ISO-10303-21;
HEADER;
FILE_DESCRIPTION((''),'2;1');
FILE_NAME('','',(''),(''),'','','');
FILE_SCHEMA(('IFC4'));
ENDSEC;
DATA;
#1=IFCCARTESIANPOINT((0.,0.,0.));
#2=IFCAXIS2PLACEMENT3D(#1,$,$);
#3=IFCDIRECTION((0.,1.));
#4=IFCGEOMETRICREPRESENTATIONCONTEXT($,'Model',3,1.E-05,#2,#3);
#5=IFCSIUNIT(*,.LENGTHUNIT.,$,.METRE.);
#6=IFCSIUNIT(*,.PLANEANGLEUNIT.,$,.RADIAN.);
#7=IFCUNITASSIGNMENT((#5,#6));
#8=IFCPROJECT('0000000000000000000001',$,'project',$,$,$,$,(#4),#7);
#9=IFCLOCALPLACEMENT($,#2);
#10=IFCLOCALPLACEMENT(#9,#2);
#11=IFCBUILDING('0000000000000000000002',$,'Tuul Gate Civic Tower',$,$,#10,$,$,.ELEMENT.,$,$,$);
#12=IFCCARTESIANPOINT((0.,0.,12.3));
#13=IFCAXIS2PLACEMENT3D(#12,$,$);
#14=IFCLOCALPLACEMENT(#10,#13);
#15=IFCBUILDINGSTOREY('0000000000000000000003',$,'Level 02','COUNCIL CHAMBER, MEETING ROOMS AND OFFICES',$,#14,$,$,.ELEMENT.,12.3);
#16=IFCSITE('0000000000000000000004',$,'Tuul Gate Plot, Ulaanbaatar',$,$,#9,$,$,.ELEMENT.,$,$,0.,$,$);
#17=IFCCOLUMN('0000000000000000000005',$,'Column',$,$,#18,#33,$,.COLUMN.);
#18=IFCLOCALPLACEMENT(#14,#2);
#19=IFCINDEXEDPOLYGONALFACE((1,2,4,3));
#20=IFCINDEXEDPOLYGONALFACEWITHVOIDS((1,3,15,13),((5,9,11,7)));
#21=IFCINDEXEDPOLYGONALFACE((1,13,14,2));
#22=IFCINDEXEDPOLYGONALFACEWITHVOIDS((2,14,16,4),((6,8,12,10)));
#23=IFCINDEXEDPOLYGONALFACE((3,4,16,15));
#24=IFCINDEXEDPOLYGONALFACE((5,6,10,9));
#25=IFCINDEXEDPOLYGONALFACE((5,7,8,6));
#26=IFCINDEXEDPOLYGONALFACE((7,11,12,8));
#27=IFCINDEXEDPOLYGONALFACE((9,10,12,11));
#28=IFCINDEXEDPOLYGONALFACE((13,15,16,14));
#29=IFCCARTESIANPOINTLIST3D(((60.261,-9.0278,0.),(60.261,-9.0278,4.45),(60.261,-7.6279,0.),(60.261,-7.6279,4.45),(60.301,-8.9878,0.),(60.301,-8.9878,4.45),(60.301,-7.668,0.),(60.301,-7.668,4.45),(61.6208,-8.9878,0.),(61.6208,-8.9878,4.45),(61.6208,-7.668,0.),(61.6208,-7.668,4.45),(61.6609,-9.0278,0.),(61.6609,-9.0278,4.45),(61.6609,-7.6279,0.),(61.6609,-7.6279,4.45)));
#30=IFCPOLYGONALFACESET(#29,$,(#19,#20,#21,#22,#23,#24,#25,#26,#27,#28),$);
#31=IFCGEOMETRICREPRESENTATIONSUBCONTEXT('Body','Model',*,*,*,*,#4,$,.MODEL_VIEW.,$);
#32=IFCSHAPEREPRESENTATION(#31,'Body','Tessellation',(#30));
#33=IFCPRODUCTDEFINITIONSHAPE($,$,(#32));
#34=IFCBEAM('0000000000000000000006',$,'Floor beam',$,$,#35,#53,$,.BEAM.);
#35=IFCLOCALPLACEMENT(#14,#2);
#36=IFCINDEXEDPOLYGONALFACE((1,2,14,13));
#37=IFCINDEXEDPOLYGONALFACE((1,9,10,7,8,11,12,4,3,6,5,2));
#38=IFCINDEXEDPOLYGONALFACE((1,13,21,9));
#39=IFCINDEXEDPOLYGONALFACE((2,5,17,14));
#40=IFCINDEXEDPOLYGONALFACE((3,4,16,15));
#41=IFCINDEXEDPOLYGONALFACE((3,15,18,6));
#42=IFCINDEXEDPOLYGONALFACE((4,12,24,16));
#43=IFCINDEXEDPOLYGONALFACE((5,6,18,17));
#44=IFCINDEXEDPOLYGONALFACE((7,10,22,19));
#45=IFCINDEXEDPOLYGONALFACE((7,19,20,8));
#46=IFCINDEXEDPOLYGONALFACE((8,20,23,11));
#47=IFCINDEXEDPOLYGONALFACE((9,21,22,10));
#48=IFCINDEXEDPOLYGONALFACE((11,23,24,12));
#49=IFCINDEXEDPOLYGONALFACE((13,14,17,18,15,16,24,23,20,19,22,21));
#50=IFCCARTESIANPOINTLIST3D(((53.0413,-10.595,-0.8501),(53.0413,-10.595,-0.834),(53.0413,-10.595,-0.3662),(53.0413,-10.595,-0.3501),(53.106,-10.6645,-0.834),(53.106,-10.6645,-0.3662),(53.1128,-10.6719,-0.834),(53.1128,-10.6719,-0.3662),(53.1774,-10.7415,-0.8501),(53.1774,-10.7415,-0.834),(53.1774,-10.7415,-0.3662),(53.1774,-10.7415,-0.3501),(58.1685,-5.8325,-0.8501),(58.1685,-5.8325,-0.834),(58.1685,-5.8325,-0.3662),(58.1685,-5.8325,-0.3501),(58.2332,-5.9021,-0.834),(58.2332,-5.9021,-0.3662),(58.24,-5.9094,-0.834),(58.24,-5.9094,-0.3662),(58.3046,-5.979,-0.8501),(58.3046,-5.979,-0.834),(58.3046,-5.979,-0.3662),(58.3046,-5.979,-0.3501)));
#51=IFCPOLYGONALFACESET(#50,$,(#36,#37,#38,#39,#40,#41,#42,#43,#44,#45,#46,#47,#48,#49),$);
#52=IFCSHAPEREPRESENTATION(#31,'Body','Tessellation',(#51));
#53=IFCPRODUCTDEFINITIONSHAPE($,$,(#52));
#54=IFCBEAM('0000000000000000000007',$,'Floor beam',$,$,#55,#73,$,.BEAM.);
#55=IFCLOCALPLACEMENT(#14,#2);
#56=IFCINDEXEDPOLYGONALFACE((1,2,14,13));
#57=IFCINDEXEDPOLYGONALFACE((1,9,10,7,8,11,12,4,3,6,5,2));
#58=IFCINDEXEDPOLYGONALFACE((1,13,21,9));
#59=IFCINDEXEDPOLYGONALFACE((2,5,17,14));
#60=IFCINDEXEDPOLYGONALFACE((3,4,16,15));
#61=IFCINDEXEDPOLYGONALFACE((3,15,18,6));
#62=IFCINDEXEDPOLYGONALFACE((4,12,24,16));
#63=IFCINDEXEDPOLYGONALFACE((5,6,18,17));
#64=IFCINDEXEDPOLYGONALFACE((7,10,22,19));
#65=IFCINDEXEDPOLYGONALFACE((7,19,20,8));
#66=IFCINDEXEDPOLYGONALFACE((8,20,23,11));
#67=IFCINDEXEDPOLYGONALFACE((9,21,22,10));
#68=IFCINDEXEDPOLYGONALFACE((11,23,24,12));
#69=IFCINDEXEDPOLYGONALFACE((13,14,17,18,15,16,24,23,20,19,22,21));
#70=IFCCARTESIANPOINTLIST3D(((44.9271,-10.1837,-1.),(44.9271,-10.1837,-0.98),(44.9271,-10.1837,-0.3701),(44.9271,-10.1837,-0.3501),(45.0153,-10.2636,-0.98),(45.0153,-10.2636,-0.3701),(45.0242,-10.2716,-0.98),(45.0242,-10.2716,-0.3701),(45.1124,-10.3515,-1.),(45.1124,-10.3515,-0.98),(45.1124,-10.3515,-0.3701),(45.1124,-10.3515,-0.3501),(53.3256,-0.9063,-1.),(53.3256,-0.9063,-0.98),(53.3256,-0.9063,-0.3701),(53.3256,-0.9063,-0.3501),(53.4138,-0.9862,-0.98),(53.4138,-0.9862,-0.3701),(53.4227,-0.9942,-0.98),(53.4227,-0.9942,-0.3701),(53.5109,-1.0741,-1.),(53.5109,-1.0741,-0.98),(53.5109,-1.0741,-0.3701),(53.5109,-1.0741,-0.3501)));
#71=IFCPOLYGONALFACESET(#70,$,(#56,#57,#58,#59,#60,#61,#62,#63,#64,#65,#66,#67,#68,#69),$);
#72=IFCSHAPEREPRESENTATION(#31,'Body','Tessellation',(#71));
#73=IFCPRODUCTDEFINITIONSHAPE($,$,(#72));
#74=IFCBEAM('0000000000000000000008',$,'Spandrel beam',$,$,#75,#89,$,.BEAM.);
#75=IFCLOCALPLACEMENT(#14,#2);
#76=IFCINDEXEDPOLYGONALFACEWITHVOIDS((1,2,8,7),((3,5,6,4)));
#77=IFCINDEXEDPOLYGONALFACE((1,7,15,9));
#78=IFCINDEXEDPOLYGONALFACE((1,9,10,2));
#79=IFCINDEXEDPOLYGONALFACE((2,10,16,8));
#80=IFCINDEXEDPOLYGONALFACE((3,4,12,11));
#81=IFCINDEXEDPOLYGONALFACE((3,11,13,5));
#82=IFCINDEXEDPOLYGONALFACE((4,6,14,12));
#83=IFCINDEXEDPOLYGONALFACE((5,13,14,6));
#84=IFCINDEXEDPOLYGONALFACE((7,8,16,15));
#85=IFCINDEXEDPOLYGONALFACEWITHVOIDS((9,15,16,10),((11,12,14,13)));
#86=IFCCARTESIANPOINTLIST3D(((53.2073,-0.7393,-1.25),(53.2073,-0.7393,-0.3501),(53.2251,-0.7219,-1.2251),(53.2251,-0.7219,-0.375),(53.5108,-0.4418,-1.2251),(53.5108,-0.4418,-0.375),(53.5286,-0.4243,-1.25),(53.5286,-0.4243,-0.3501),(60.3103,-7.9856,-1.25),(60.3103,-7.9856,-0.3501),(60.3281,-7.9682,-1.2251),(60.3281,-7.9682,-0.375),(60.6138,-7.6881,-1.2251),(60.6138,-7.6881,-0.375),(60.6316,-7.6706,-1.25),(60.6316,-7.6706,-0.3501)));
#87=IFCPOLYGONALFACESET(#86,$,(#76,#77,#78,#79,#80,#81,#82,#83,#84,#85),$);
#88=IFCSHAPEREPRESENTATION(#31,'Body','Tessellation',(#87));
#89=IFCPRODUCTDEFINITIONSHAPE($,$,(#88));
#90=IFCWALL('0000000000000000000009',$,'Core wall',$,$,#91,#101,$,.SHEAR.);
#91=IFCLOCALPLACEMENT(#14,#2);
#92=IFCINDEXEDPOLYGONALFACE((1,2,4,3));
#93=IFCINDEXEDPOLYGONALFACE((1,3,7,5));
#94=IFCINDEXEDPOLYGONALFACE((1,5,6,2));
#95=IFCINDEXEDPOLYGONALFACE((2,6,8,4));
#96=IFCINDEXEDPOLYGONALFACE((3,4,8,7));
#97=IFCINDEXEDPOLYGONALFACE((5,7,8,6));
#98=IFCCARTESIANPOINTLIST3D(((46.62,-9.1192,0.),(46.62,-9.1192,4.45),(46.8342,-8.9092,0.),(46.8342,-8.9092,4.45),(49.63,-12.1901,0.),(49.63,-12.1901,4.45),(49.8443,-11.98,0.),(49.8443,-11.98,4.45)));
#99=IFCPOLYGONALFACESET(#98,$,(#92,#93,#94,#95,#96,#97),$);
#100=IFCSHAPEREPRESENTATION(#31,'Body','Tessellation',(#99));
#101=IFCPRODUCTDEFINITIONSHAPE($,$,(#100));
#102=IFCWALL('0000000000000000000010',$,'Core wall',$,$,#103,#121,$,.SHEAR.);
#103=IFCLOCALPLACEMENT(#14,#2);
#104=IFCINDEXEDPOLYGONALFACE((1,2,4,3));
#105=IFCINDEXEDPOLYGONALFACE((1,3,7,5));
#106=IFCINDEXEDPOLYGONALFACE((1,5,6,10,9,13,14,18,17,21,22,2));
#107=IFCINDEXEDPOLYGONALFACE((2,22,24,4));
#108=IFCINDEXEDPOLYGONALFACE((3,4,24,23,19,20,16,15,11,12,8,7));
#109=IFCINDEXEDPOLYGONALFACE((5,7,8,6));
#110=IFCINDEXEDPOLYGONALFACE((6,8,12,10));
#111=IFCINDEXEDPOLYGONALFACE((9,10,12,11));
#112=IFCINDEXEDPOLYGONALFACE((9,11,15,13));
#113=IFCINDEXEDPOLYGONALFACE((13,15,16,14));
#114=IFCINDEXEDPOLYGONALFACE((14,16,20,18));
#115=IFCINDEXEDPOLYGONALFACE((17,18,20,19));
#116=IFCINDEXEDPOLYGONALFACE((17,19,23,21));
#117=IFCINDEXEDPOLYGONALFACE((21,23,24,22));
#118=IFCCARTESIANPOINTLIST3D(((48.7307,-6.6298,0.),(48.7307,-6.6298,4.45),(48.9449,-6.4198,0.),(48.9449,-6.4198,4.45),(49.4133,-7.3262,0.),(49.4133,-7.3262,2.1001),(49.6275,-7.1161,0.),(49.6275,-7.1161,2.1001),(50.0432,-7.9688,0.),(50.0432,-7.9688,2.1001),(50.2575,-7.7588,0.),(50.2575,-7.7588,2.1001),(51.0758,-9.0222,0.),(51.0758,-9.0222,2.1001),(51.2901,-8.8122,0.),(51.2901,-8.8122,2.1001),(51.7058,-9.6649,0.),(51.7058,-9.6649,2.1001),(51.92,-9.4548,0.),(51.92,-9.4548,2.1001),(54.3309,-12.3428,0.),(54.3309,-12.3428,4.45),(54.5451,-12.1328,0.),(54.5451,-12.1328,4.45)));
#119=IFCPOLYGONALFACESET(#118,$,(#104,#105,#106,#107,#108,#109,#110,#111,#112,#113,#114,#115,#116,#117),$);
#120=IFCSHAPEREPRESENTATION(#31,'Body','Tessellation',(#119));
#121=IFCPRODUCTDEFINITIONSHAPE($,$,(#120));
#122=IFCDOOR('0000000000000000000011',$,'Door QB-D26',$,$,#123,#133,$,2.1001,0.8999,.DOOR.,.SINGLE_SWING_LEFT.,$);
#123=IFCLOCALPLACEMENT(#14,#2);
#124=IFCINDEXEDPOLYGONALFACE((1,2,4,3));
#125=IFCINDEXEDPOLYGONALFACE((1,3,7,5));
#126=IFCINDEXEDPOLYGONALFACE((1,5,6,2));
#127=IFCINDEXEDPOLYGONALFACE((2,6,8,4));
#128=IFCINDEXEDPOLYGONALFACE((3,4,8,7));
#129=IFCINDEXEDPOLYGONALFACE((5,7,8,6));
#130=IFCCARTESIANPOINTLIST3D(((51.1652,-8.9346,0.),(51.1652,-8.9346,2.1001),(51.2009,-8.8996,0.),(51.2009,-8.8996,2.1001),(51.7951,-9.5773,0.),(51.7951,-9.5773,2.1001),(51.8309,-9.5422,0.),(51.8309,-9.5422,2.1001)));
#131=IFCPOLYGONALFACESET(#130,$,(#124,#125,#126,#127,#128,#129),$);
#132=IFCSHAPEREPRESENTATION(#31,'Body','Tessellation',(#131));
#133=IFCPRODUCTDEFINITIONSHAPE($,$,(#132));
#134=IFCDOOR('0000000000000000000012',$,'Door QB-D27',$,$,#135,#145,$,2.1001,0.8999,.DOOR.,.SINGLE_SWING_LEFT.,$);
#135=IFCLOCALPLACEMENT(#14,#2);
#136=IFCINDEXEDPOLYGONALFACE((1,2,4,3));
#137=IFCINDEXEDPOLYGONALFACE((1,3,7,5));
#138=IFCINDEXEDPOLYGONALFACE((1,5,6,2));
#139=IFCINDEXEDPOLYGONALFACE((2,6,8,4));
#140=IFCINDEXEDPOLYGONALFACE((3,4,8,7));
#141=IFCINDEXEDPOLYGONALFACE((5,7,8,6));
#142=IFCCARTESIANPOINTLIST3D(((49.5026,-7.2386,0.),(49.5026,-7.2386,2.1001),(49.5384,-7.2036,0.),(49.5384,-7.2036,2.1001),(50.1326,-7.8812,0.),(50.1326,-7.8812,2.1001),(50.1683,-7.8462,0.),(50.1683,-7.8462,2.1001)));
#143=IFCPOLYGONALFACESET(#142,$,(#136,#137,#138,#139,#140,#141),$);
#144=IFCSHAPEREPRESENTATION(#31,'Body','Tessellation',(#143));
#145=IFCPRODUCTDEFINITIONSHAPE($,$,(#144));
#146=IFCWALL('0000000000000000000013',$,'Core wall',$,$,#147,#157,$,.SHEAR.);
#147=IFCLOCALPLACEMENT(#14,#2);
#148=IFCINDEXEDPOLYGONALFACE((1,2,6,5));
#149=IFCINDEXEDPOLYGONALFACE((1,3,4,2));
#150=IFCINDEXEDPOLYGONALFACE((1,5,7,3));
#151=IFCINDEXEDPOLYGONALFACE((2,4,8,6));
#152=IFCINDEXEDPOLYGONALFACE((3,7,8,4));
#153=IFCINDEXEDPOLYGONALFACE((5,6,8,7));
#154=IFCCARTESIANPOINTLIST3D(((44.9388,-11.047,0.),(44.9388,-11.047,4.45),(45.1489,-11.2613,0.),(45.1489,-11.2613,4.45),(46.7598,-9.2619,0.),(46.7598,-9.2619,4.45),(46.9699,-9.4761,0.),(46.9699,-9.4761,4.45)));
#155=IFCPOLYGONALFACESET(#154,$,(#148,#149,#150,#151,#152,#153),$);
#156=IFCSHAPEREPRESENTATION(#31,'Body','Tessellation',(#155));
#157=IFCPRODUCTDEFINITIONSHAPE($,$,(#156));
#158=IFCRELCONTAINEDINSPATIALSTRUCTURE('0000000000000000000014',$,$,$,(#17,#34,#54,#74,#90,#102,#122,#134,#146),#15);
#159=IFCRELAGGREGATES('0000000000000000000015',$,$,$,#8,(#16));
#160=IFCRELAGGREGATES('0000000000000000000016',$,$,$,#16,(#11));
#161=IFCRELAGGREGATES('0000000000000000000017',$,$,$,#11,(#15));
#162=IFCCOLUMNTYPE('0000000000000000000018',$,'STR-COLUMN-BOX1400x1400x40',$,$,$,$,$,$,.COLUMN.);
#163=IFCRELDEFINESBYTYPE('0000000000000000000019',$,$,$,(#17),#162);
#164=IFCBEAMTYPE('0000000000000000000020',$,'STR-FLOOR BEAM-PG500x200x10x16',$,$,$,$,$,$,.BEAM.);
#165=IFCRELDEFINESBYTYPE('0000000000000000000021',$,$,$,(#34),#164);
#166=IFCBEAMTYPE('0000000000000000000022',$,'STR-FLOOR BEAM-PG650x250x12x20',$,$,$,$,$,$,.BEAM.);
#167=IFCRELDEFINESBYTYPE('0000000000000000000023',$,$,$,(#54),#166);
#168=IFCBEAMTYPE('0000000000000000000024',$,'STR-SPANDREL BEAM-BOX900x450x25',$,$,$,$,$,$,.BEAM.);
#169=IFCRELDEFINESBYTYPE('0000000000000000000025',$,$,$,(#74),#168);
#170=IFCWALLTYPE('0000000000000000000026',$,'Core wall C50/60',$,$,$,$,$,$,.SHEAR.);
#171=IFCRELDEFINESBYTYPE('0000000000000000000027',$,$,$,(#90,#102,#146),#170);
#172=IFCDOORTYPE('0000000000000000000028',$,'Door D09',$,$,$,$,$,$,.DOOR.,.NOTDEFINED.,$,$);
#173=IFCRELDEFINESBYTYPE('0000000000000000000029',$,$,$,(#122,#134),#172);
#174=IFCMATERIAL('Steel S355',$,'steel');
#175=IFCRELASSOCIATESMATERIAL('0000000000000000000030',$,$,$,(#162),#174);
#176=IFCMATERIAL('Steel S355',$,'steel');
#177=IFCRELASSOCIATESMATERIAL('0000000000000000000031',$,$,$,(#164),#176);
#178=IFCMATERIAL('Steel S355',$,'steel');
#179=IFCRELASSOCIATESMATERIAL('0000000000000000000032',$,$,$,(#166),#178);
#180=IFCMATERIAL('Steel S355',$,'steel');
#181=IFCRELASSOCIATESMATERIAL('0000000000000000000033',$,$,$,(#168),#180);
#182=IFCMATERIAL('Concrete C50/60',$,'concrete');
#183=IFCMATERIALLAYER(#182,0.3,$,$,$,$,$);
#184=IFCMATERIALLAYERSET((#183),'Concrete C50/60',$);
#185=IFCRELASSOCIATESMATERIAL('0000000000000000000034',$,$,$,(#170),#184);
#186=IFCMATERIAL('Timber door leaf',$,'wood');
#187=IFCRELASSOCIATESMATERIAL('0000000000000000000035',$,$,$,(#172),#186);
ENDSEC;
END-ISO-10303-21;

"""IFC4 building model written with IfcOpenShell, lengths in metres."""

from ifc_helpers import new_model, si_unit, direction, frame, frame_2d, origin, origin_2d, place, context, subcontext, project, spatial, rectangle, hollow_rectangle, i_section, extrude, material, layer, layer_set, material_profile, profile_set, type_object, element, fill, save


model = new_model("IFC4")

# Units and contexts
model_context = context("Model", 3, precision=1e-05, world=origin(), true_north=direction((0.0, 1.0)))
body_context = subcontext(model_context, "Body", "Model", "MODEL_VIEW")
ifc_project = project(units=[si_unit("LENGTHUNIT", "METRE"), si_unit("PLANEANGLEUNIT", "RADIAN")], contexts=[model_context])

# Site, building, storey
site_placement = place(None, origin())
site = spatial("IfcSite", under=ifc_project, at=site_placement, Name="Tuul Gate Plot, Ulaanbaatar", CompositionType="ELEMENT", RefElevation=0.0)
building_placement = place(site_placement, origin())
building = spatial("IfcBuilding", under=site, at=building_placement, Name="Tuul Gate Civic Tower", CompositionType="ELEMENT")
storey_placement = place(building_placement, frame((0.0, 0.0, 12.3)))
storey = spatial("IfcBuildingStorey", under=building, at=storey_placement, Name="Level 02", Description="COUNCIL CHAMBER, MEETING ROOMS AND OFFICES", CompositionType="ELEMENT", Elevation=12.3)

# Column
ifc_material_1 = material(Name="Steel S355", Category="steel")
ifc_material_profile_1 = material_profile(ifc_material_1, hollow_rectangle(XDim=1.3999, YDim=1.3999, WallThickness=0.04, at=origin_2d()), Name="BOX1400x1400x40")
ifc_profile_set_1 = profile_set([ifc_material_profile_1], Name="Steel S355")
column_type = type_object("IfcColumnType", Name="STR-COLUMN-BOX1400x1400x40", PredefinedType="COLUMN", material=ifc_profile_set_1)
column_placement = place(storey_placement, frame((60.9609, -8.3279, 0.0), z_axis=(0.0, 0.0, 1.0), x_axis=(1.0, 0.0, 0.0)))
element("IfcColumn", 1, at=column_placement, inside=storey, type_object=column_type, Name="Column", PredefinedType="COLUMN", context=body_context, shape_type="SweptSolid", body=[
    extrude(hollow_rectangle(XDim=1.3999, YDim=1.3999, WallThickness=0.04, at=origin_2d()), origin(), (0.0, 0.0, 1.0), 4.45),
])

# Beams
ifc_material_2 = material(Name="Steel S355", Category="steel")
ifc_material_profile_2 = material_profile(ifc_material_2, i_section(OverallWidth=0.2, OverallDepth=0.5, WebThickness=0.01, FlangeThickness=0.0161, at=origin_2d()), Name="PG500x200x10x16")
ifc_profile_set_2 = profile_set([ifc_material_profile_2], Name="Steel S355")
beam_type_1 = type_object("IfcBeamType", Name="STR-FLOOR BEAM-PG500x200x10x16", PredefinedType="BEAM", material=ifc_profile_set_2)
beam_1_placement = place(storey_placement, frame((53.1094, -10.6682, -0.6001), z_axis=(0.732688, 0.680565, 0.0), x_axis=(-0.680565, 0.732688, 0.0)))
element("IfcBeam", 2, at=beam_1_placement, inside=storey, type_object=beam_type_1, Name="Floor beam", PredefinedType="BEAM", context=body_context, shape_type="SweptSolid", body=[
    extrude(i_section(OverallWidth=0.2, OverallDepth=0.5, WebThickness=0.01, FlangeThickness=0.0161, at=origin_2d()), origin(), (0.0, 0.0, 1.0), 6.9978),
])
ifc_material_3 = material(Name="Steel S355", Category="steel")
ifc_material_profile_3 = material_profile(ifc_material_3, i_section(OverallWidth=0.25, OverallDepth=0.6499, WebThickness=0.012, FlangeThickness=0.02, at=origin_2d()), Name="PG650x250x12x20")
ifc_profile_set_3 = profile_set([ifc_material_profile_3], Name="Steel S355")
beam_type_2 = type_object("IfcBeamType", Name="STR-FLOOR BEAM-PG650x250x12x20", PredefinedType="BEAM", material=ifc_profile_set_3)
beam_2_placement = place(storey_placement, frame((45.0198, -10.2676, -0.675), z_axis=(0.671118, 0.741351, 0.0), x_axis=(-0.741351, 0.671118, 0.0)))
element("IfcBeam", 3, at=beam_2_placement, inside=storey, type_object=beam_type_2, Name="Floor beam", PredefinedType="BEAM", context=body_context, shape_type="SweptSolid", body=[
    extrude(i_section(OverallWidth=0.25, OverallDepth=0.6499, WebThickness=0.012, FlangeThickness=0.02, at=origin_2d()), origin(), (0.0, 0.0, 1.0), 12.5142),
])
ifc_material_4 = material(Name="Steel S355", Category="steel")
ifc_material_profile_4 = material_profile(ifc_material_4, hollow_rectangle(XDim=0.45, YDim=0.8999, WallThickness=0.0249, at=origin_2d()), Name="BOX900x450x25")
ifc_profile_set_4 = profile_set([ifc_material_profile_4], Name="Steel S355")
beam_type_3 = type_object("IfcBeamType", Name="STR-SPANDREL BEAM-BOX900x450x25", PredefinedType="BEAM", material=ifc_profile_set_4)
beam_3_placement = place(storey_placement, frame((60.4709, -7.8281, -0.8), z_axis=(-0.70001, 0.714133, 0.0), x_axis=(-0.714133, -0.70001, 0.0)))
element("IfcBeam", 4, at=beam_3_placement, inside=storey, type_object=beam_type_3, Name="Spandrel beam", PredefinedType="BEAM", context=body_context, shape_type="SweptSolid", body=[
    extrude(hollow_rectangle(XDim=0.45, YDim=0.8999, WallThickness=0.0249, at=origin_2d()), origin(), (0.0, 0.0, 1.0), 10.147),
])

# Wall
ifc_material_5 = material(Name="Concrete C50/60", Category="concrete")
ifc_layer_1 = layer(ifc_material_5, 0.3)
ifc_layer_set_1 = layer_set([ifc_layer_1], Name="Concrete C50/60")
wall_type_1 = type_object("IfcWallType", Name="Core wall C50/60", PredefinedType="SHEAR", material=ifc_layer_set_1)
wall_1_placement = place(storey_placement, frame((49.7371, -12.085, 0.0), z_axis=(0.0, 0.0, 1.0), x_axis=(-0.700003, 0.71414, 0.0)))
element("IfcWall", 5, at=wall_1_placement, inside=storey, type_object=wall_type_1, Name="Core wall", PredefinedType="SHEAR", context=body_context, shape_type="SweptSolid", body=[
    extrude(rectangle(XDim=4.3, YDim=0.3, at=frame_2d((2.1499, 0.0))), origin(), (0.0, 0.0, 1.0), 4.45),
])

# Wall, openings, doors
wall_2_placement = place(storey_placement, frame((54.438, -12.2378, 0.0), z_axis=(0.0, 0.0, 1.0), x_axis=(-0.700022, 0.714121, 0.0)))
wall_2 = element("IfcWall", 6, at=wall_2_placement, inside=storey, type_object=wall_type_1, Name="Core wall", PredefinedType="SHEAR", context=body_context, shape_type="SweptSolid", body=[
    extrude(rectangle(XDim=8.0, YDim=0.3, at=frame_2d((4.0, 0.0))), origin(), (0.0, 0.0, 1.0), 4.45),
])
opening_1_placement = place(wall_2_placement, frame((3.75, 0.0, 0.0)))
opening_1 = element("IfcOpeningElement", 7, at=opening_1_placement, cuts=wall_2, PredefinedType="OPENING", context=body_context, shape_type="SweptSolid", body=[
    extrude(rectangle(XDim=0.8999, YDim=2.1001, at=frame_2d((0.45, 1.05))), frame((0.0, 0.1602, 0.0), z_axis=(0.0, -1.0, 0.0), x_axis=(1.0, 0.0, 0.0)), (0.0, 0.0, 1.0), 0.3201),
])
opening_2_placement = place(wall_2_placement, frame((6.125, 0.0, 0.0)))
opening_2 = element("IfcOpeningElement", 8, at=opening_2_placement, cuts=wall_2, PredefinedType="OPENING", context=body_context, shape_type="SweptSolid", body=[
    extrude(rectangle(XDim=0.8999, YDim=2.1001, at=frame_2d((0.45, 1.05))), frame((0.0, 0.1602, 0.0), z_axis=(0.0, -1.0, 0.0), x_axis=(1.0, 0.0, 0.0)), (0.0, 0.0, 1.0), 0.3201),
])
ifc_material_6 = material(Name="Timber door leaf", Category="wood")
door_type = type_object("IfcDoorType", Name="Door D09", OperationType="NOTDEFINED", PredefinedType="DOOR", material=ifc_material_6)
door_1_placement = place(opening_1_placement, origin())
door_1 = element("IfcDoor", 9, at=door_1_placement, inside=storey, type_object=door_type, Name="Door QB-D26", OperationType="SINGLE_SWING_LEFT", OverallHeight=2.1001, OverallWidth=0.8999, PredefinedType="DOOR", context=body_context, shape_type="SweptSolid", body=[
    extrude(rectangle(XDim=0.8999, YDim=2.1001, at=frame_2d((0.45, 1.05))), frame((0.0, 0.0249, 0.0), z_axis=(0.0, -1.0, 0.0), x_axis=(1.0, 0.0, 0.0)), (0.0, 0.0, 1.0), 0.05),
])
fill(opening_1, door_1)
door_2_placement = place(opening_2_placement, origin())
door_2 = element("IfcDoor", 10, at=door_2_placement, inside=storey, type_object=door_type, Name="Door QB-D27", OperationType="SINGLE_SWING_LEFT", OverallHeight=2.1001, OverallWidth=0.8999, PredefinedType="DOOR", context=body_context, shape_type="SweptSolid", body=[
    extrude(rectangle(XDim=0.8999, YDim=2.1001, at=frame_2d((0.45, 1.05))), frame((0.0, 0.0249, 0.0), z_axis=(0.0, -1.0, 0.0), x_axis=(1.0, 0.0, 0.0)), (0.0, 0.0, 1.0), 0.05),
])
fill(opening_2, door_2)

# Wall
wall_3_placement = place(storey_placement, frame((45.0439, -11.1541, 0.0), z_axis=(0.0, 0.0, 1.0), x_axis=(0.714108, 0.700035, 0.0)))
element("IfcWall", 11, at=wall_3_placement, inside=storey, type_object=wall_type_1, Name="Core wall", PredefinedType="SHEAR", context=body_context, shape_type="SweptSolid", body=[
    extrude(rectangle(XDim=2.55, YDim=0.3, at=frame_2d((1.2749, 0.0))), origin(), (0.0, 0.0, 1.0), 4.45),
])

save(model, "model.ifc")
